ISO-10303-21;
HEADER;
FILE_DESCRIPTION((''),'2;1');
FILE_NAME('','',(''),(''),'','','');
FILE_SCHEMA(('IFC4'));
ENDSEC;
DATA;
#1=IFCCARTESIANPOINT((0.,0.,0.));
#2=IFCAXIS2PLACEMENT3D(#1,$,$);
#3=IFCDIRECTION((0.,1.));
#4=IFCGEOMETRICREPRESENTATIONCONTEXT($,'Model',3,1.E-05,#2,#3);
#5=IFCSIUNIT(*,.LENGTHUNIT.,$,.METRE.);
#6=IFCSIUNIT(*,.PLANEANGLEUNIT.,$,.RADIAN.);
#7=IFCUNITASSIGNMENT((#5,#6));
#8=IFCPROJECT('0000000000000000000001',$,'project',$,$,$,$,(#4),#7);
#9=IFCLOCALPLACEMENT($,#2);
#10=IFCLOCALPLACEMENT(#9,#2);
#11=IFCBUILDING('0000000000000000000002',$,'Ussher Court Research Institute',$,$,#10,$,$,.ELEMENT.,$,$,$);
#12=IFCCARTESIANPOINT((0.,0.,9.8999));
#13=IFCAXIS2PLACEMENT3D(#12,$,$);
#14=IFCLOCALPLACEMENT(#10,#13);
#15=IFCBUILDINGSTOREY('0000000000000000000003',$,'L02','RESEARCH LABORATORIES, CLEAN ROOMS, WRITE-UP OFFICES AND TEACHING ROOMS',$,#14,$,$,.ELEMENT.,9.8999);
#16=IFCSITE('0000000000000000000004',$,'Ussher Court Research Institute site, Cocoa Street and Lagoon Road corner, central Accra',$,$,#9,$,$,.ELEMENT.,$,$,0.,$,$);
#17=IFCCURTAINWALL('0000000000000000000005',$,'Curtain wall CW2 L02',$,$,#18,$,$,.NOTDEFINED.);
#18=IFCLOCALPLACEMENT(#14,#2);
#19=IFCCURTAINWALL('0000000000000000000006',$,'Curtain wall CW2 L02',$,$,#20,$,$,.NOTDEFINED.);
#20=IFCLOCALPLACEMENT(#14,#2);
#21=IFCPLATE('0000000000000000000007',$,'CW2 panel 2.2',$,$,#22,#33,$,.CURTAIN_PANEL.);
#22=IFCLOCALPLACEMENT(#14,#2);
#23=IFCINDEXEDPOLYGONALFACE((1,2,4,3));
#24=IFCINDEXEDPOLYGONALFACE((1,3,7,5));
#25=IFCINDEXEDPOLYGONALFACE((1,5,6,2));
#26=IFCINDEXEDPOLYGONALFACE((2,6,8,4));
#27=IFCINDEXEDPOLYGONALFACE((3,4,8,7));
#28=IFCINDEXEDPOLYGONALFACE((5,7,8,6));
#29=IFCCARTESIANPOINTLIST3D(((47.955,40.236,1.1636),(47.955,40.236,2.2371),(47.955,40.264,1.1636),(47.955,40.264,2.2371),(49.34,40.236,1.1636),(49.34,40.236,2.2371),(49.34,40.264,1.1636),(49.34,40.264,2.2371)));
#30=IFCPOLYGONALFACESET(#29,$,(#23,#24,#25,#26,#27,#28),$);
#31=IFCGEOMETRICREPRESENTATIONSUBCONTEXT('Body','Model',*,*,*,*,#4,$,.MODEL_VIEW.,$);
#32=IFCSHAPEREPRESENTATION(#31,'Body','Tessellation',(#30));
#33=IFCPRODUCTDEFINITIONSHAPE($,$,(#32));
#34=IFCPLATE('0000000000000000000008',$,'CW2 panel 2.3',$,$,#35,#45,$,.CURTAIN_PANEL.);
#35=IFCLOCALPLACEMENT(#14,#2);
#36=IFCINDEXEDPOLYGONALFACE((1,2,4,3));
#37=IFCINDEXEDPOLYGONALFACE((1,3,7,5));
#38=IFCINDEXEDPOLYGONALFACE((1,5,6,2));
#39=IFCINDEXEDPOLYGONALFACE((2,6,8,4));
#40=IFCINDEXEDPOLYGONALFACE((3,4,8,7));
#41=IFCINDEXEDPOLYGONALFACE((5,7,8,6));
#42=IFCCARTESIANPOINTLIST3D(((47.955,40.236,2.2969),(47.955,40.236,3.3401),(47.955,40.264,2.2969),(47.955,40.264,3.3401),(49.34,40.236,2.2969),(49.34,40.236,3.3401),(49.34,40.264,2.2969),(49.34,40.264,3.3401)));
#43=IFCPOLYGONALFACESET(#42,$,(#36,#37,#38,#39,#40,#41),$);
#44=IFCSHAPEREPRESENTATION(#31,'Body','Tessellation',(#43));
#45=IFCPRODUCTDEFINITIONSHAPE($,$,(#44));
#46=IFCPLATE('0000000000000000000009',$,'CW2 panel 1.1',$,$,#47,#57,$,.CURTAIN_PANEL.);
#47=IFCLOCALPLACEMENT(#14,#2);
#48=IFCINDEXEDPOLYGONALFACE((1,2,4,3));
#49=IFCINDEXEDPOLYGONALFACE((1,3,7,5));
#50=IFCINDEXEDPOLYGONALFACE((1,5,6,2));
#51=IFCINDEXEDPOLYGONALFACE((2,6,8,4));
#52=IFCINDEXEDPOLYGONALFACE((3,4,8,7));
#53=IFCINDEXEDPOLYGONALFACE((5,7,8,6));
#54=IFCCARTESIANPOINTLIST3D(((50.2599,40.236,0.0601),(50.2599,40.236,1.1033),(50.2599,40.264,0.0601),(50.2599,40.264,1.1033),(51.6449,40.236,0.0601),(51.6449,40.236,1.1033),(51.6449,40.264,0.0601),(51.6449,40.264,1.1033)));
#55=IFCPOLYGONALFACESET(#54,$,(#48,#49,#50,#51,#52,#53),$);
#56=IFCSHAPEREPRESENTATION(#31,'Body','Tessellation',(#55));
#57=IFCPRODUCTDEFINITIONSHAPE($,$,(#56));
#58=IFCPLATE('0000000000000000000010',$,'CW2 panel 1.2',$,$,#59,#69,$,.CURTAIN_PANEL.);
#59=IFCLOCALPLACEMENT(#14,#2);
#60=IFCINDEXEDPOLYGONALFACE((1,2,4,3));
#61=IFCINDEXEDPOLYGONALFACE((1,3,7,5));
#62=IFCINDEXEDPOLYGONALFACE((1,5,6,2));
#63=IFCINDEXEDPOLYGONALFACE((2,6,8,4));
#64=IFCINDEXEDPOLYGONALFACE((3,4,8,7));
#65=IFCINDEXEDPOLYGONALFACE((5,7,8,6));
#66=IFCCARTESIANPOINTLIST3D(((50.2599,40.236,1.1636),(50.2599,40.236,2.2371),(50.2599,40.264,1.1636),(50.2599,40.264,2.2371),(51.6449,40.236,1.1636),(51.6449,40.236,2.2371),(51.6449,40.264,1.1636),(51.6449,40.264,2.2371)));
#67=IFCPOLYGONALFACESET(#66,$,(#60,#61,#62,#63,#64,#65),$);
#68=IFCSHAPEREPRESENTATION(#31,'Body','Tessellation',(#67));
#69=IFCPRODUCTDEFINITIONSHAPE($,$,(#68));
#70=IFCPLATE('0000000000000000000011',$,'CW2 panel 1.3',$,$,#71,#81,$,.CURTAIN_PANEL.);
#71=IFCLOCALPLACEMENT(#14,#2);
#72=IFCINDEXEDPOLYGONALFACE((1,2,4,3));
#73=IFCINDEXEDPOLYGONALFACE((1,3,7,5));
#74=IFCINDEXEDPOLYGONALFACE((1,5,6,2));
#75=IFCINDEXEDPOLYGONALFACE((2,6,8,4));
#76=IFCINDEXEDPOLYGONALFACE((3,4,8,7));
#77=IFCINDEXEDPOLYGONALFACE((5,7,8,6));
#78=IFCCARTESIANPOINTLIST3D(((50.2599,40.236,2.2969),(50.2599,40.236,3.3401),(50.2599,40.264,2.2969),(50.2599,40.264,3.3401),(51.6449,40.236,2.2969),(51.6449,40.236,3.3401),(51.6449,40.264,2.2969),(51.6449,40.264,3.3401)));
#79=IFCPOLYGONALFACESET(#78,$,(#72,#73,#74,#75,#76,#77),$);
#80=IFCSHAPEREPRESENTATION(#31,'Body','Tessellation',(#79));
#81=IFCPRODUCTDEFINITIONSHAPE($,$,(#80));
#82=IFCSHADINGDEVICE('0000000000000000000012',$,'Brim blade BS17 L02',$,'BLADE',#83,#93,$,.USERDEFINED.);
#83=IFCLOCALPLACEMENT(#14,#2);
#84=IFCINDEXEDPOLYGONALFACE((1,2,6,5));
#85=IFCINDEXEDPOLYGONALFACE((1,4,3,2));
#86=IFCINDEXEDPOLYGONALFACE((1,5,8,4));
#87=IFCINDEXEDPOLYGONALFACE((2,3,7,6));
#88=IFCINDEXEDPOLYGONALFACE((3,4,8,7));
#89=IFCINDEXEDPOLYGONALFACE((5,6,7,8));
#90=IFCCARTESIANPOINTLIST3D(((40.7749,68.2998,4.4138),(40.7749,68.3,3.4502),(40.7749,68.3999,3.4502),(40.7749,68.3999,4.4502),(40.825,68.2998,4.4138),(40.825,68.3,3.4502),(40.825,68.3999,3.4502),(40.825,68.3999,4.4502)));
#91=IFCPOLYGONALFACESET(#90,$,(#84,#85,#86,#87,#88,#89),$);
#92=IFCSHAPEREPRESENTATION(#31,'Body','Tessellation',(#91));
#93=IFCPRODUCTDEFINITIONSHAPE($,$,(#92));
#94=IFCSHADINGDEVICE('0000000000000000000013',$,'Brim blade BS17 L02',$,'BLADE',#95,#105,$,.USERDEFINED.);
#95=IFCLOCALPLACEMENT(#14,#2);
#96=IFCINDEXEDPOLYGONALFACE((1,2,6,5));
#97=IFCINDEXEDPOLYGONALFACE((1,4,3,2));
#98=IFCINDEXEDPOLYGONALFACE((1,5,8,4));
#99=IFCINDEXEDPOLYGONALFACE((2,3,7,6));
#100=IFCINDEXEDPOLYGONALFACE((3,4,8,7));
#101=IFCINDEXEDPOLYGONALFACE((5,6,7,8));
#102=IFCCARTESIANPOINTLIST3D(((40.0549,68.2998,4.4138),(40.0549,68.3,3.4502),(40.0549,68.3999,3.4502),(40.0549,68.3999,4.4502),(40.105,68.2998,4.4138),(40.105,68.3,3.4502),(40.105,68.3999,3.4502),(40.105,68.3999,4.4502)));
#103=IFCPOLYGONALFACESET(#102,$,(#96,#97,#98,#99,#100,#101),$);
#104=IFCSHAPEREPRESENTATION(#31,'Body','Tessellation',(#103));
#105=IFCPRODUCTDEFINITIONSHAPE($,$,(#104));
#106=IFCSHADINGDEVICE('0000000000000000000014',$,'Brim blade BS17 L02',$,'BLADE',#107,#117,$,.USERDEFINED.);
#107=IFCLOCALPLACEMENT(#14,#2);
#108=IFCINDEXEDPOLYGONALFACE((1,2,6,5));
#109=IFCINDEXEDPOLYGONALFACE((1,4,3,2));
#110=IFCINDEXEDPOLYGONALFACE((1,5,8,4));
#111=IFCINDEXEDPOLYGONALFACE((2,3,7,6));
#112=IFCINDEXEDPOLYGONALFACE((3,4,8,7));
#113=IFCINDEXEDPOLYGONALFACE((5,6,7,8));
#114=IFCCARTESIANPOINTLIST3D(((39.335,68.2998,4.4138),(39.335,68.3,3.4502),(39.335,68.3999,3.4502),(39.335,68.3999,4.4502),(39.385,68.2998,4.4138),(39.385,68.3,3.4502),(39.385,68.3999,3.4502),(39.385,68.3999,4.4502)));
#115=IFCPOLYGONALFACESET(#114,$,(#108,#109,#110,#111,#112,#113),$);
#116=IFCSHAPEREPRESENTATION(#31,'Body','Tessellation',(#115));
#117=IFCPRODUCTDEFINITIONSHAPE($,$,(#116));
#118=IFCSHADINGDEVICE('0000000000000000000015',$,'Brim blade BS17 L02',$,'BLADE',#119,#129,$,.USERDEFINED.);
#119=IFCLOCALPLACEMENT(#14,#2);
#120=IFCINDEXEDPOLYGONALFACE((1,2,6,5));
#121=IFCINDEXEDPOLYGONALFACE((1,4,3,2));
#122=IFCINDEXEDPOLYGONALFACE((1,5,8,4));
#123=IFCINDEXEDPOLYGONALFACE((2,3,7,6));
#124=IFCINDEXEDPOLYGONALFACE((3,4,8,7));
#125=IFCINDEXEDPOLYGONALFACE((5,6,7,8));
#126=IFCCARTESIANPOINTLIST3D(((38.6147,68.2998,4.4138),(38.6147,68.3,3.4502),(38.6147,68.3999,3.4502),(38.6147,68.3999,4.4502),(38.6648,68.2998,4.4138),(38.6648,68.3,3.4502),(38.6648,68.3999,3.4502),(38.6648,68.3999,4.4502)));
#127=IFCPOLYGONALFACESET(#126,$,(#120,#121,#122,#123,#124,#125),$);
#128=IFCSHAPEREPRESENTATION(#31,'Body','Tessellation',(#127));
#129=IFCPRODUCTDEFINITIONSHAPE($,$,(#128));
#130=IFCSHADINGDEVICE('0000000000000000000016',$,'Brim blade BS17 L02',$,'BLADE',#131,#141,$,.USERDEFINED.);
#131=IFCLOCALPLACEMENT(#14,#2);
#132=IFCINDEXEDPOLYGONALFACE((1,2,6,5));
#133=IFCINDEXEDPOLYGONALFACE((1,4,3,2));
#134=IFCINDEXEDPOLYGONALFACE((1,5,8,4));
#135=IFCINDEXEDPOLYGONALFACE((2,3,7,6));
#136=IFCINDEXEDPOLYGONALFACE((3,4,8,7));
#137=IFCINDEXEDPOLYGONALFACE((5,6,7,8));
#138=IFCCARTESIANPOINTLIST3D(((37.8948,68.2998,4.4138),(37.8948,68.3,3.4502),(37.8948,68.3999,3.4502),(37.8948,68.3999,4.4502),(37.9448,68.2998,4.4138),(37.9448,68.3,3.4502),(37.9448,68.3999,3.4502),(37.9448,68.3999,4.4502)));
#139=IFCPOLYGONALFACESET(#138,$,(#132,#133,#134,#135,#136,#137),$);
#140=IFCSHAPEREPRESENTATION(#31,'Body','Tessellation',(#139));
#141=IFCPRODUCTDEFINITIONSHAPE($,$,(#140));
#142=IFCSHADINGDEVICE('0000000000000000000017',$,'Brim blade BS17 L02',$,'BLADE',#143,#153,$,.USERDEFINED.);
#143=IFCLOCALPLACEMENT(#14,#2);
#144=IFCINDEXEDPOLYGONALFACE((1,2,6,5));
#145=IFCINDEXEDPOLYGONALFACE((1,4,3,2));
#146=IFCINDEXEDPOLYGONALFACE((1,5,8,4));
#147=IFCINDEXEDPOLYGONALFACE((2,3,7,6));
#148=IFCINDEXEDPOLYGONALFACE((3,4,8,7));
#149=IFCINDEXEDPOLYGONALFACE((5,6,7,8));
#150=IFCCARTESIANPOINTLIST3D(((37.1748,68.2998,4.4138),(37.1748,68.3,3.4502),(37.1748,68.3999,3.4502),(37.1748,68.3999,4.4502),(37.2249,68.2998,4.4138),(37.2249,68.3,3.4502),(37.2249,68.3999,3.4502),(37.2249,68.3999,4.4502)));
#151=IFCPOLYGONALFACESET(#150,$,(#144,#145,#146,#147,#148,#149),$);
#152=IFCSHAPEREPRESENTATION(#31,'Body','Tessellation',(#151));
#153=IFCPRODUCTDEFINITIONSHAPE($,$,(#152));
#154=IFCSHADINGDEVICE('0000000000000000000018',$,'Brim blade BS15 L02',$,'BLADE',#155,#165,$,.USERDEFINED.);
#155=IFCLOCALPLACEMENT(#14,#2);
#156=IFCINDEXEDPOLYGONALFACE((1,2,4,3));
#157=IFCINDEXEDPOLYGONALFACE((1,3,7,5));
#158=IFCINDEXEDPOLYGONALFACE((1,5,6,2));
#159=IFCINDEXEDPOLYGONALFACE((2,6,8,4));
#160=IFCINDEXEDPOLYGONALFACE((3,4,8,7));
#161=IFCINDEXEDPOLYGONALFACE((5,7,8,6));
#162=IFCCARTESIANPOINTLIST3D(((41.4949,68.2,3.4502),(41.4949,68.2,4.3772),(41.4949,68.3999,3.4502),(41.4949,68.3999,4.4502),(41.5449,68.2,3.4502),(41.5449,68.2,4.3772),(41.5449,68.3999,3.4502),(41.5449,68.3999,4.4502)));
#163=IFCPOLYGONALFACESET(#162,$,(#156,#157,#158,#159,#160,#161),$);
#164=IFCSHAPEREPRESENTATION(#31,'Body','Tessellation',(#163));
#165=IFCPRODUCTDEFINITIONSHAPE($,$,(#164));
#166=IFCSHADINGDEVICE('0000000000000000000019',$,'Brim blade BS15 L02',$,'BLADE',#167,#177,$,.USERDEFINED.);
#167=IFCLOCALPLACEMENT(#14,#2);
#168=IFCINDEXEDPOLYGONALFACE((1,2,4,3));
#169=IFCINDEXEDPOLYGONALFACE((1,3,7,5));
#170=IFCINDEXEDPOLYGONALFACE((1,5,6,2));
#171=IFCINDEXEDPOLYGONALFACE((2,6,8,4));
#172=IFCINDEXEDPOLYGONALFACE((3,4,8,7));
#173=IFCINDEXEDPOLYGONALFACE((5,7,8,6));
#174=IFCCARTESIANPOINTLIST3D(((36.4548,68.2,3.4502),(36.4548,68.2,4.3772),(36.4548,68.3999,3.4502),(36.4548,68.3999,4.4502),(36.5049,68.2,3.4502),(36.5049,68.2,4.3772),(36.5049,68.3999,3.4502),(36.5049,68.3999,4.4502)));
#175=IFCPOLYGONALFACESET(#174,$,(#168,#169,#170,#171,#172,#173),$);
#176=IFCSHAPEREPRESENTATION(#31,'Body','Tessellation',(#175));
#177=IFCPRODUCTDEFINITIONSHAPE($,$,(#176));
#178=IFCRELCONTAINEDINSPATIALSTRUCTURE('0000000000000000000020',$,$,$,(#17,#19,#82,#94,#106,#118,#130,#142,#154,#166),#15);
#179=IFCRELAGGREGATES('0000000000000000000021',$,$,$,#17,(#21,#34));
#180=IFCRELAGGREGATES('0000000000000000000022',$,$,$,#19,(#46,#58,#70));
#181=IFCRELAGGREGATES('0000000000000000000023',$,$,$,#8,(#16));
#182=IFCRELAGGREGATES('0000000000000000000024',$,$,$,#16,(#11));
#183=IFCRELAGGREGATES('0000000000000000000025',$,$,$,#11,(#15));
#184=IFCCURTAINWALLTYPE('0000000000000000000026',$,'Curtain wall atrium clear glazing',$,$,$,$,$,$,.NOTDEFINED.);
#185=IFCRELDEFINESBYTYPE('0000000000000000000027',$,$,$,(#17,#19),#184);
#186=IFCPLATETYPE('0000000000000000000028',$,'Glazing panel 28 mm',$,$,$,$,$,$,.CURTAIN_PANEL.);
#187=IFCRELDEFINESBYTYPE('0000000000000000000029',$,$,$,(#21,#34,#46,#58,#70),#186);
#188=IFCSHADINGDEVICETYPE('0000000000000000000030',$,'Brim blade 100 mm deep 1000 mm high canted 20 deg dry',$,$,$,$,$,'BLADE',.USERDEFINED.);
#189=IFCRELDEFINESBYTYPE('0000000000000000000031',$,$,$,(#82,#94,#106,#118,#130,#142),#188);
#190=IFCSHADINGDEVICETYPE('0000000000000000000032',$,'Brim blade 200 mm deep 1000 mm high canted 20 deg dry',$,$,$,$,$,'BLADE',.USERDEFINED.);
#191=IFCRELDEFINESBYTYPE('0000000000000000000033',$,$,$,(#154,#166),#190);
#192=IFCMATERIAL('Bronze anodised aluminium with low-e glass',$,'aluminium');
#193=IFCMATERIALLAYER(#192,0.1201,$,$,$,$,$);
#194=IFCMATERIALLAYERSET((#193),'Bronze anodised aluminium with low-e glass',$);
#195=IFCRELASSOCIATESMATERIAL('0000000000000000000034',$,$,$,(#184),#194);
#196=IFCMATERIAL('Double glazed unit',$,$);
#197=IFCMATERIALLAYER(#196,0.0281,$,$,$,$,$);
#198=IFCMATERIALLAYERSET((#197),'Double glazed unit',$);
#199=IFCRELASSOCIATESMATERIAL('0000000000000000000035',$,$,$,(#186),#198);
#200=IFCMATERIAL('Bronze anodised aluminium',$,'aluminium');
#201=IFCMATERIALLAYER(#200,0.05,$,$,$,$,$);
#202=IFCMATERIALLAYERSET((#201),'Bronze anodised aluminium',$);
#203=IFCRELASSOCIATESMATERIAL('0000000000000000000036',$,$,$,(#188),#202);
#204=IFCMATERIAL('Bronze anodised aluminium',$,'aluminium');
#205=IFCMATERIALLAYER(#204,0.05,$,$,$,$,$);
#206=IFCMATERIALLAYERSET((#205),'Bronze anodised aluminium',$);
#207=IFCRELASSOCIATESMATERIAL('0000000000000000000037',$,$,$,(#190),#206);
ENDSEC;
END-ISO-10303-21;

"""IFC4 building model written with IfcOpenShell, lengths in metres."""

from ifc_helpers import new_model, si_unit, direction, frame, origin, origin_2d, place, context, subcontext, project, spatial, polyline, rectangle, outline, extrude, material, layer, layer_set, type_object, element, aggregate, save


model = new_model("IFC4")

# Units and contexts
model_context = context("Model", 3, precision=1e-05, world=origin(), true_north=direction((0.0, 1.0)))
body_context = subcontext(model_context, "Body", "Model", "MODEL_VIEW")
ifc_project = project(units=[si_unit("LENGTHUNIT", "METRE"), si_unit("PLANEANGLEUNIT", "RADIAN")], contexts=[model_context])

# Site, building, storey
site_placement = place(None, origin())
site = spatial("IfcSite", under=ifc_project, at=site_placement, Name="Ussher Court Research Institute site, Cocoa Street and Lagoon Road corner, central Accra", CompositionType="ELEMENT", RefElevation=0.0)
building_placement = place(site_placement, origin())
building = spatial("IfcBuilding", under=site, at=building_placement, Name="Ussher Court Research Institute", CompositionType="ELEMENT")
storey_placement = place(building_placement, frame((0.0, 0.0, 9.8999)))
storey = spatial("IfcBuildingStorey", under=building, at=storey_placement, Name="L02", Description="RESEARCH LABORATORIES, CLEAN ROOMS, WRITE-UP OFFICES AND TEACHING ROOMS", CompositionType="ELEMENT", Elevation=9.8999)

# Curtain walls
ifc_material_1 = material(Name="Bronze anodised aluminium with low-e glass", Category="aluminium")
ifc_layer_1 = layer(ifc_material_1, 0.1201)
ifc_layer_set_1 = layer_set([ifc_layer_1], Name="Bronze anodised aluminium with low-e glass")
curtain_wall_type = type_object("IfcCurtainWallType", Name="Curtain wall atrium clear glazing", PredefinedType="NOTDEFINED", material=ifc_layer_set_1)
curtain_wall_1_placement = place(storey_placement, origin())
curtain_wall_1 = element("IfcCurtainWall", 1, at=curtain_wall_1_placement, inside=storey, type_object=curtain_wall_type, Name="Curtain wall CW2 L02", PredefinedType="NOTDEFINED")
curtain_wall_2_placement = place(storey_placement, origin())
curtain_wall_2 = element("IfcCurtainWall", 2, at=curtain_wall_2_placement, inside=storey, type_object=curtain_wall_type, Name="Curtain wall CW2 L02", PredefinedType="NOTDEFINED")

# Plates
ifc_material_2 = material(Name="Double glazed unit")
ifc_layer_2 = layer(ifc_material_2, 0.0281)
ifc_layer_set_2 = layer_set([ifc_layer_2], Name="Double glazed unit")
plate_type = type_object("IfcPlateType", Name="Glazing panel 28 mm", PredefinedType="CURTAIN_PANEL", material=ifc_layer_set_2)
plate_1_placement = place(storey_placement, frame((48.6475, 40.25, 1.1636), z_axis=(0.0, 0.0, 1.0), x_axis=(1.0, 0.0, 0.0)))
plate_1 = element("IfcPlate", 3, at=plate_1_placement, type_object=plate_type, Name="CW2 panel 2.2", PredefinedType="CURTAIN_PANEL", context=body_context, shape_type="SweptSolid", body=[
    extrude(rectangle(XDim=1.385, YDim=0.0281, at=origin_2d()), origin(), (0.0, 0.0, 1.0), 1.0735),
])
plate_2_placement = place(storey_placement, frame((48.6475, 40.25, 2.2969), z_axis=(0.0, 0.0, 1.0), x_axis=(1.0, 0.0, 0.0)))
plate_2 = element("IfcPlate", 4, at=plate_2_placement, type_object=plate_type, Name="CW2 panel 2.3", PredefinedType="CURTAIN_PANEL", context=body_context, shape_type="SweptSolid", body=[
    extrude(rectangle(XDim=1.385, YDim=0.0281, at=origin_2d()), origin(), (0.0, 0.0, 1.0), 1.0432),
])
aggregate(curtain_wall_1, [plate_1, plate_2])
plate_3_placement = place(storey_placement, frame((50.9524, 40.25, 0.0601), z_axis=(0.0, 0.0, 1.0), x_axis=(1.0, 0.0, 0.0)))
plate_3 = element("IfcPlate", 5, at=plate_3_placement, type_object=plate_type, Name="CW2 panel 1.1", PredefinedType="CURTAIN_PANEL", context=body_context, shape_type="SweptSolid", body=[
    extrude(rectangle(XDim=1.385, YDim=0.0281, at=origin_2d()), origin(), (0.0, 0.0, 1.0), 1.0432),
])
plate_4_placement = place(storey_placement, frame((50.9524, 40.25, 1.1636), z_axis=(0.0, 0.0, 1.0), x_axis=(1.0, 0.0, 0.0)))
plate_4 = element("IfcPlate", 6, at=plate_4_placement, type_object=plate_type, Name="CW2 panel 1.2", PredefinedType="CURTAIN_PANEL", context=body_context, shape_type="SweptSolid", body=[
    extrude(rectangle(XDim=1.385, YDim=0.0281, at=origin_2d()), origin(), (0.0, 0.0, 1.0), 1.0735),
])
plate_5_placement = place(storey_placement, frame((50.9524, 40.25, 2.2969), z_axis=(0.0, 0.0, 1.0), x_axis=(1.0, 0.0, 0.0)))
plate_5 = element("IfcPlate", 7, at=plate_5_placement, type_object=plate_type, Name="CW2 panel 1.3", PredefinedType="CURTAIN_PANEL", context=body_context, shape_type="SweptSolid", body=[
    extrude(rectangle(XDim=1.385, YDim=0.0281, at=origin_2d()), origin(), (0.0, 0.0, 1.0), 1.0432),
])
aggregate(curtain_wall_2, [plate_3, plate_4, plate_5])

# Shading devices
ifc_material_3 = material(Name="Bronze anodised aluminium", Category="aluminium")
ifc_layer_3 = layer(ifc_material_3, 0.05)
ifc_layer_set_3 = layer_set([ifc_layer_3], Name="Bronze anodised aluminium")
shading_device_type_1 = type_object("IfcShadingDeviceType", Name="Brim blade 100 mm deep 1000 mm high canted 20 deg dry", ElementType="BLADE", PredefinedType="USERDEFINED", material=ifc_layer_set_3)
for number, where, z_axis, x_axis, name in (
    (8, (40.8, 68.3999, 3.4502), (0.0, 0.0, 1.0), (0.0, -1.0, 0.0), "Brim blade BS17 L02"),
    (9, (40.0801, 68.3999, 3.4502), (0.0, 0.0, 1.0), (0.0, -1.0, 0.0), "Brim blade BS17 L02"),
    (10, (39.3601, 68.3999, 3.4502), (0.0, 0.0, 1.0), (0.0, -1.0, 0.0), "Brim blade BS17 L02"),
    (11, (38.6399, 68.3999, 3.4502), (0.0, 0.0, 1.0), (0.0, -1.0, 0.0), "Brim blade BS17 L02"),
    (12, (37.9199, 68.3999, 3.4502), (0.0, 0.0, 1.0), (0.0, -1.0, 0.0), "Brim blade BS17 L02"),
    (13, (37.2, 68.3999, 3.4502), (0.0, 0.0, 1.0), (0.0, -1.0, 0.0), "Brim blade BS17 L02"),
):
    element("IfcShadingDevice", number, at=place(storey_placement, frame(where, z_axis=z_axis, x_axis=x_axis)), inside=storey, type_object=shading_device_type_1, Name=name, ObjectType="BLADE", PredefinedType="USERDEFINED", context=body_context, shape_type="SweptSolid", body=[
        extrude(outline(polyline([(0.0, 0.0), (0.0999, 0.0), (0.1001, 0.9636), (0.0, 1.0), (0.0, 0.0)])), frame((0.0, 0.0249, 0.0), z_axis=(0.0, -1.0, 0.0), x_axis=(1.0, 0.0, 0.0)), (0.0, 0.0, 1.0), 0.05),
    ])
ifc_material_4 = material(Name="Bronze anodised aluminium", Category="aluminium")
ifc_layer_4 = layer(ifc_material_4, 0.05)
ifc_layer_set_4 = layer_set([ifc_layer_4], Name="Bronze anodised aluminium")
shading_device_type_2 = type_object("IfcShadingDeviceType", Name="Brim blade 200 mm deep 1000 mm high canted 20 deg dry", ElementType="BLADE", PredefinedType="USERDEFINED", material=ifc_layer_set_4)
for number, where, z_axis, x_axis, name in (
    (14, (41.52, 68.3999, 3.4502), (0.0, 0.0, 1.0), (0.0, -1.0, 0.0), "Brim blade BS15 L02"),
    (15, (36.48, 68.3999, 3.4502), (0.0, 0.0, 1.0), (0.0, -1.0, 0.0), "Brim blade BS15 L02"),
):
    element("IfcShadingDevice", number, at=place(storey_placement, frame(where, z_axis=z_axis, x_axis=x_axis)), inside=storey, type_object=shading_device_type_2, Name=name, ObjectType="BLADE", PredefinedType="USERDEFINED", context=body_context, shape_type="SweptSolid", body=[
        extrude(outline(polyline([(0.0, 0.0), (0.2, 0.0), (0.2, 0.927), (0.0, 1.0), (0.0, 0.0)])), frame((0.0, 0.0249, 0.0), z_axis=(0.0, -1.0, 0.0), x_axis=(1.0, 0.0, 0.0)), (0.0, 0.0, 1.0), 0.05),
    ])

save(model, "model.ifc")
